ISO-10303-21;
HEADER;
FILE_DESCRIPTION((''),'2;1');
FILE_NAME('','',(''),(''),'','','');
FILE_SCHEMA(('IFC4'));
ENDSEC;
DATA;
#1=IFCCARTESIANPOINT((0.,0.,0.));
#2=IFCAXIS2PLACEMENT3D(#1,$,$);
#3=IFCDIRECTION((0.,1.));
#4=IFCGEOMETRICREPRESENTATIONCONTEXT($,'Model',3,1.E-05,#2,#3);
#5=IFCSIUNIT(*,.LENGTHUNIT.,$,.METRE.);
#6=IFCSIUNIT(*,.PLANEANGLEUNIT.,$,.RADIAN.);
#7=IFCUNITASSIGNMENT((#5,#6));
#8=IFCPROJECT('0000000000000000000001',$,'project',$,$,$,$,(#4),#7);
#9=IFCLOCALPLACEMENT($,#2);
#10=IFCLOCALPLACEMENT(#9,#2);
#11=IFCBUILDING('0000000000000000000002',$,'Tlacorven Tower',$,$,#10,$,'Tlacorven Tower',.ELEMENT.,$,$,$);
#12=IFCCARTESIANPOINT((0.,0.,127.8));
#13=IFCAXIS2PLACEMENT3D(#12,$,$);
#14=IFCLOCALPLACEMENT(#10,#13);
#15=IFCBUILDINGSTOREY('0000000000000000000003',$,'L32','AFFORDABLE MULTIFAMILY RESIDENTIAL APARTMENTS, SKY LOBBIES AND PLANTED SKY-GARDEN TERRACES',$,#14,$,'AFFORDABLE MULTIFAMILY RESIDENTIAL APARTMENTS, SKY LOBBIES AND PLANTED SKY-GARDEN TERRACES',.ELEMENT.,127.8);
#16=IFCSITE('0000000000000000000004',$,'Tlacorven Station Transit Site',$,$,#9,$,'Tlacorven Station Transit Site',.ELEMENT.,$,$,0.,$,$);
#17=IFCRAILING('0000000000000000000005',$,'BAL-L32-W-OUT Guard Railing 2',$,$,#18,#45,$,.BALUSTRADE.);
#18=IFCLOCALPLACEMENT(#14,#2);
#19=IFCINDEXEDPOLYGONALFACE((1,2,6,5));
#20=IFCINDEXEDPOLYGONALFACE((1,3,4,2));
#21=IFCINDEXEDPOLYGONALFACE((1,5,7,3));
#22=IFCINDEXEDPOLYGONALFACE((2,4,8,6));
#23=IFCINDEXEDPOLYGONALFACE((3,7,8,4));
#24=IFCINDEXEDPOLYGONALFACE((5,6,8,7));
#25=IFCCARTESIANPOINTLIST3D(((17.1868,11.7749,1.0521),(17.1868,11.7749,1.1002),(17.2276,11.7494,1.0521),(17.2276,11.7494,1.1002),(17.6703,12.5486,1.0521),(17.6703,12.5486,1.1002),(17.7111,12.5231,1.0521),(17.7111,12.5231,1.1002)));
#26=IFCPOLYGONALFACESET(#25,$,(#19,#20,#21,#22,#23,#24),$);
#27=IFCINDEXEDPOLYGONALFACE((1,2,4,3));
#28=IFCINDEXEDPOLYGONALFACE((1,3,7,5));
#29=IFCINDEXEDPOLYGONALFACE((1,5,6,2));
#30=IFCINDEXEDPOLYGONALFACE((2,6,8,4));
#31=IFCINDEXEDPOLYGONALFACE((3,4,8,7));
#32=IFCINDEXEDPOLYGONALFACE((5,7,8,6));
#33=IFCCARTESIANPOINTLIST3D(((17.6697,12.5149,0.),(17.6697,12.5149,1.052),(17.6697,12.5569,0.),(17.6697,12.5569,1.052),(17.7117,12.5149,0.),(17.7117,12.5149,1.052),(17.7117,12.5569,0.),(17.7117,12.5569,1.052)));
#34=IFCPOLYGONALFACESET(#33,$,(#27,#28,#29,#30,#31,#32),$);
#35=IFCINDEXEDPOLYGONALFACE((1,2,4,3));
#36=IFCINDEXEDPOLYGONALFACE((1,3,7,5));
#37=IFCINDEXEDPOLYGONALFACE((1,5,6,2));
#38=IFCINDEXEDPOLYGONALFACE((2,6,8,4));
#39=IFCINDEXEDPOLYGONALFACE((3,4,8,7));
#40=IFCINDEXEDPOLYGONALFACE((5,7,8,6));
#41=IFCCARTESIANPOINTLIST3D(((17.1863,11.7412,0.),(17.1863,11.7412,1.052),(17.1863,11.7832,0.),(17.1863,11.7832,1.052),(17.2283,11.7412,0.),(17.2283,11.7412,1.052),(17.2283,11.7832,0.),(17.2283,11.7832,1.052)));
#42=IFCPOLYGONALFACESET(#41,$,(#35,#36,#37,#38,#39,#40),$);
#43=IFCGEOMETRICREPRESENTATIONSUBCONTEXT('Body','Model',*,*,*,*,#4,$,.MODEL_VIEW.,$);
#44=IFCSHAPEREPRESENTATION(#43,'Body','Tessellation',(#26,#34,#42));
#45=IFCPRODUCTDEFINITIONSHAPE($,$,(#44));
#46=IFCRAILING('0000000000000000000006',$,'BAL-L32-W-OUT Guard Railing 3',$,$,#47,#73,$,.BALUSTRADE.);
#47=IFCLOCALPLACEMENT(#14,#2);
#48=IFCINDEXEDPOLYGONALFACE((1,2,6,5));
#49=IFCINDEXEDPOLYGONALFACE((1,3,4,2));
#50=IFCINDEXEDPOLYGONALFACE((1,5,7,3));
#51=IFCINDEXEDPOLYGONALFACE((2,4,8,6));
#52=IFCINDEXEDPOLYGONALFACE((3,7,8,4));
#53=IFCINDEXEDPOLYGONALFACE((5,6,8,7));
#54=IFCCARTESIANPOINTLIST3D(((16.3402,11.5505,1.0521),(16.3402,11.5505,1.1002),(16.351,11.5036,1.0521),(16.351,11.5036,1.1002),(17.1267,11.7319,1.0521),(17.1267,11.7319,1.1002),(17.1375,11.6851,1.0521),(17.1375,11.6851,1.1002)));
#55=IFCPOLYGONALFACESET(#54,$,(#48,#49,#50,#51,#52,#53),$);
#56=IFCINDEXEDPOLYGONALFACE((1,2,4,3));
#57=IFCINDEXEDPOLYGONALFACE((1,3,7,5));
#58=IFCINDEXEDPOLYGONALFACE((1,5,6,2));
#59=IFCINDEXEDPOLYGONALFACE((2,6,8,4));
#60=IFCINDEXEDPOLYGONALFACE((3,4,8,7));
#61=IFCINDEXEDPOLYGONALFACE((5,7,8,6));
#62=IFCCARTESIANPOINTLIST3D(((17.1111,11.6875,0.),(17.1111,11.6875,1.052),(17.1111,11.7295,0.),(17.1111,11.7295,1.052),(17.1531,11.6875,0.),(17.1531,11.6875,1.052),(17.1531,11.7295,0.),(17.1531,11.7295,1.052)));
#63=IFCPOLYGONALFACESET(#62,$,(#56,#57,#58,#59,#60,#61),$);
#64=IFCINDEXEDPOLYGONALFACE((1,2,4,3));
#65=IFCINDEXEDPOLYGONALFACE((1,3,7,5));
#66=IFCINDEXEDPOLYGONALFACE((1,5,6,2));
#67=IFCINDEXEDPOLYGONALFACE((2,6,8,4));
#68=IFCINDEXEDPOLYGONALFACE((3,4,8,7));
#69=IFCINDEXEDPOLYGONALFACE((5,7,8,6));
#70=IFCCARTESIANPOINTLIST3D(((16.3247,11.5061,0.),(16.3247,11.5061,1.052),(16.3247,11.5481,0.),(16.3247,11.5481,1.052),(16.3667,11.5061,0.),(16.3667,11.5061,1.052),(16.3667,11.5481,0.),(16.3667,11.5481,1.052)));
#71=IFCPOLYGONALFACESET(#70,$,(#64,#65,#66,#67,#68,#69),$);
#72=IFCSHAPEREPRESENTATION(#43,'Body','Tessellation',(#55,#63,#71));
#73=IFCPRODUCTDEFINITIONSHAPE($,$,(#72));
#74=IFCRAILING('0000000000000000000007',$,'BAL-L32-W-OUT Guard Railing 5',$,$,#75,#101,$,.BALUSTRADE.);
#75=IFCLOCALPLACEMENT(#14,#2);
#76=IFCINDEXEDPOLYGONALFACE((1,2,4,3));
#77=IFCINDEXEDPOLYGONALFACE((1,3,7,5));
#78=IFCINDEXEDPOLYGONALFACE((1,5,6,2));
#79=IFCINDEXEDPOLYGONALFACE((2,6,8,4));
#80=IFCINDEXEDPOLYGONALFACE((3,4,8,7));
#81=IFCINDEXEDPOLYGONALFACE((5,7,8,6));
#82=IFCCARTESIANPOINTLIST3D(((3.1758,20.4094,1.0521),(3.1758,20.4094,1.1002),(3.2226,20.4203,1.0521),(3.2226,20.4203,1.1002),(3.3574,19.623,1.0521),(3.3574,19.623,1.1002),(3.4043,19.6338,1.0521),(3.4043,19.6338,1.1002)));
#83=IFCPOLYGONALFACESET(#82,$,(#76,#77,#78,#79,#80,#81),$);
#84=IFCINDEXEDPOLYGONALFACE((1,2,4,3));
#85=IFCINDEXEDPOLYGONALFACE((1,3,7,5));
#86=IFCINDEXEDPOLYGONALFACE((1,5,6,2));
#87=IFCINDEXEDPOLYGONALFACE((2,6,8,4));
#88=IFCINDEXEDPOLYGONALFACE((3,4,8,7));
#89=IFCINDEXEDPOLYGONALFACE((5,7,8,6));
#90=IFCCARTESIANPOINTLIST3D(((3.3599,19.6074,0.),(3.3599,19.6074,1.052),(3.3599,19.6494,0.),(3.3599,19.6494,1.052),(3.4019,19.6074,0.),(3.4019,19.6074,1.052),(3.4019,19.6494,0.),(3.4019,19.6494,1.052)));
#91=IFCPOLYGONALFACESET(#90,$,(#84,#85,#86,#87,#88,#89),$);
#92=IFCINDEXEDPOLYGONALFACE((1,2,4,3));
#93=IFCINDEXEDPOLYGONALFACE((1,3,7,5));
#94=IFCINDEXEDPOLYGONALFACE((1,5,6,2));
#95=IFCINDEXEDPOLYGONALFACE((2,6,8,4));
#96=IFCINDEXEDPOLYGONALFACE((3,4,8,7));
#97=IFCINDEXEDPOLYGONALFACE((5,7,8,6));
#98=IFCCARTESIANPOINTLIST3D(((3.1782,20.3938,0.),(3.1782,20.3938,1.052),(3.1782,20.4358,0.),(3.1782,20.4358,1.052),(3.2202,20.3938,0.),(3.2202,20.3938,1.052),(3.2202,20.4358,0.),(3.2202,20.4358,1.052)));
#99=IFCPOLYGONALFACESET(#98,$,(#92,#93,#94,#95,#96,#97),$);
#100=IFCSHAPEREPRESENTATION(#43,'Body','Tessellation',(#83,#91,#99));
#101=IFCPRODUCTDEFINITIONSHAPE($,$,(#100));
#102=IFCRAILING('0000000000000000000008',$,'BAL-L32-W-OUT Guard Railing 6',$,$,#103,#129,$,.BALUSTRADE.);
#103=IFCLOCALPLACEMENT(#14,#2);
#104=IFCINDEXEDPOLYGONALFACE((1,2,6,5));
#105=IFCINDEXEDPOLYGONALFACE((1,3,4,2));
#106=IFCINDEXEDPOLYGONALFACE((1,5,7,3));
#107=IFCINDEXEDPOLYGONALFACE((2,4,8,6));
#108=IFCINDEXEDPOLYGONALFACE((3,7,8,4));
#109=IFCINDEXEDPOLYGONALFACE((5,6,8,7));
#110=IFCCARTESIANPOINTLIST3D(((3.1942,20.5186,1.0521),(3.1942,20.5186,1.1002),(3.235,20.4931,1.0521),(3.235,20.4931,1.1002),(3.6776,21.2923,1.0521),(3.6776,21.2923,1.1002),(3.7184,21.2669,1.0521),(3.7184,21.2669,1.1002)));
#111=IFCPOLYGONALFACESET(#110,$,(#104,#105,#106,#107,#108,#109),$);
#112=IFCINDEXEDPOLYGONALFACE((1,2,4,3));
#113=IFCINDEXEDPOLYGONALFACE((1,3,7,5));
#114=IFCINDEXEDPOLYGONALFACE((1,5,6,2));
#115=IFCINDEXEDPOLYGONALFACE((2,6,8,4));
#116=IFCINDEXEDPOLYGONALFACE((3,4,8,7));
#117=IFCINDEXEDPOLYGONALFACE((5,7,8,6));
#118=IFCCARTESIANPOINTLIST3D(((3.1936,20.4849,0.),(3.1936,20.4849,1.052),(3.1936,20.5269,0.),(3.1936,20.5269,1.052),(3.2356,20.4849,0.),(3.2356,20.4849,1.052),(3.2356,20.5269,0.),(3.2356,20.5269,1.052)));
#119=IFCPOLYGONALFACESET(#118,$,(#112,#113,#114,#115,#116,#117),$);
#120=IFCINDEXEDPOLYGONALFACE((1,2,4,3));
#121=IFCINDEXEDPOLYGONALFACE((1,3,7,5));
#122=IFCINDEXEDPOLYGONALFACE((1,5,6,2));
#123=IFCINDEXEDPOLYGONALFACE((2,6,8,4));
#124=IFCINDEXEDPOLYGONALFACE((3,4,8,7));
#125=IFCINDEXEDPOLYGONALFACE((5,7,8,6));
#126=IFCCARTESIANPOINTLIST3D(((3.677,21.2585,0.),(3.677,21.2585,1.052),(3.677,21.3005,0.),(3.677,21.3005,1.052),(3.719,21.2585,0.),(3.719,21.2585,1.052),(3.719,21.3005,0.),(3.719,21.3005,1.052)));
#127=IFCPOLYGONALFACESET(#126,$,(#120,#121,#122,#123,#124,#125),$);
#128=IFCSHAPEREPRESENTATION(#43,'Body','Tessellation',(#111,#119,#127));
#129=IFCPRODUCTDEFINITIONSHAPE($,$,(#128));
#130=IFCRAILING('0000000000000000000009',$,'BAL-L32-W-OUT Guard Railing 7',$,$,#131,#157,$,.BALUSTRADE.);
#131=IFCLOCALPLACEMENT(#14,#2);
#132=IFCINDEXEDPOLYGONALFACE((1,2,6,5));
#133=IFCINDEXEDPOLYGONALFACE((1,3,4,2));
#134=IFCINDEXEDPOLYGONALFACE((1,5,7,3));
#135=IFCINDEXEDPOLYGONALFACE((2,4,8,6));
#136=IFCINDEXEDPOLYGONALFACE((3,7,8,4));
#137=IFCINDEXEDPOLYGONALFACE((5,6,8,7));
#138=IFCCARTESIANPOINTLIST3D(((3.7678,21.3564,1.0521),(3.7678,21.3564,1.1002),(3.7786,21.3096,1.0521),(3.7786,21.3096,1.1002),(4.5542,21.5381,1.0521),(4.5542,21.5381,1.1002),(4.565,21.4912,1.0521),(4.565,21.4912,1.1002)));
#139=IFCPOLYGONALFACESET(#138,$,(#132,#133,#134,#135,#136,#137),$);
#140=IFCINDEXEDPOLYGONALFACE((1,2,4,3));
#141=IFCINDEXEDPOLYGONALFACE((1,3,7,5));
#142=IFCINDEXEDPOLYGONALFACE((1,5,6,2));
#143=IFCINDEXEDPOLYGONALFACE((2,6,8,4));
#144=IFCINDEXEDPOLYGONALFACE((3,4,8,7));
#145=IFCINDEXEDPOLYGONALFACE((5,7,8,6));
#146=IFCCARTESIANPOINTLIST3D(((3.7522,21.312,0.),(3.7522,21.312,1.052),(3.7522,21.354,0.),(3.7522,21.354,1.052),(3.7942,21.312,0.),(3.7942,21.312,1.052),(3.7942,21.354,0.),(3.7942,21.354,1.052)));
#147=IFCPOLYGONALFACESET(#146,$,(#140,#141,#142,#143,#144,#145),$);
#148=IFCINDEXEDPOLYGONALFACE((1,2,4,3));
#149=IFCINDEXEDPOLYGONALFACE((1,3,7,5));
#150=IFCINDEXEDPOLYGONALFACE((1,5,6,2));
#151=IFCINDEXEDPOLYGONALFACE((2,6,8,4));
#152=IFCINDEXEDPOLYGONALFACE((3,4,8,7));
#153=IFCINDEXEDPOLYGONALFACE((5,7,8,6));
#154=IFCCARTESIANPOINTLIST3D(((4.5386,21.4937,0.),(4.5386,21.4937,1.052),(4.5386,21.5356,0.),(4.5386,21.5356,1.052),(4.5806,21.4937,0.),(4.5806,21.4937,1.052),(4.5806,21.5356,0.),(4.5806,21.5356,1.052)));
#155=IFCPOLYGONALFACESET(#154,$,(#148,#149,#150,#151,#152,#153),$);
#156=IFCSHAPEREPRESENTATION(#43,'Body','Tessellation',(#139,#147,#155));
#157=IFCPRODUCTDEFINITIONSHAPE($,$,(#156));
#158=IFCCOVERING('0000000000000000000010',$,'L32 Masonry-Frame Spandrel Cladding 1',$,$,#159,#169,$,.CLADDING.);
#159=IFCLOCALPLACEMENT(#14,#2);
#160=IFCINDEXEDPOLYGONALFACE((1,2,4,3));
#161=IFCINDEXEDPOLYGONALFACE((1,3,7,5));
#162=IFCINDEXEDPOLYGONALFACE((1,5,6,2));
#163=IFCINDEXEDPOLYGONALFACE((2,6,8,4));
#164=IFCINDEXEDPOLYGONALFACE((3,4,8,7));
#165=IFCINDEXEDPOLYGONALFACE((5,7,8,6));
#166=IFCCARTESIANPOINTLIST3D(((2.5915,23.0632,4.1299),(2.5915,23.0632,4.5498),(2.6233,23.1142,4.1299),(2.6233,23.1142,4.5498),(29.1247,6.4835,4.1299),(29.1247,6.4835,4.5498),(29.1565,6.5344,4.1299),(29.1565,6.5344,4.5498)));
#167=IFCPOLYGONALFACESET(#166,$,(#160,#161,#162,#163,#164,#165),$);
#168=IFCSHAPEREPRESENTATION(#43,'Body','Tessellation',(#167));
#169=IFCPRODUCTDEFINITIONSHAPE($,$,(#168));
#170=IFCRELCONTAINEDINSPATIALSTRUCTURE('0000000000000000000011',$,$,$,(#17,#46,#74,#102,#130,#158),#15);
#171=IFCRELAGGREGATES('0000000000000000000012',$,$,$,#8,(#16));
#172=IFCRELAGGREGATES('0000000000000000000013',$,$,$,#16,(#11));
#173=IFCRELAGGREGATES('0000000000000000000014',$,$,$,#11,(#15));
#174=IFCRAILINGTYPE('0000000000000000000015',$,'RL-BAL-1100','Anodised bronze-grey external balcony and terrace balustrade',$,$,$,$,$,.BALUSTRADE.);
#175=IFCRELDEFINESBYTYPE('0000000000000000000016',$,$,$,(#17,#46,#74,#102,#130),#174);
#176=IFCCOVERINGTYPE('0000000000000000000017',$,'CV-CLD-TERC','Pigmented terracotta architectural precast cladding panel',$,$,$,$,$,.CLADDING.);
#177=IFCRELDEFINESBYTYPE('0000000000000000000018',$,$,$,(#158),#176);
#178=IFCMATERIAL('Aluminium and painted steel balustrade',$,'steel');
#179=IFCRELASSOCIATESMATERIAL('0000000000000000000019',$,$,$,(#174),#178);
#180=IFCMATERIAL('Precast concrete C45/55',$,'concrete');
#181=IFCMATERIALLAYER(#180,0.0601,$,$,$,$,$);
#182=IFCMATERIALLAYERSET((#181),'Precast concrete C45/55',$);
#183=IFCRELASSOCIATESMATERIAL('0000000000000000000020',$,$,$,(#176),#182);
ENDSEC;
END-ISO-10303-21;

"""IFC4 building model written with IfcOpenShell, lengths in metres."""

from ifc_helpers import new_model, si_unit, direction, frame, origin, origin_2d, place, context, subcontext, project, spatial, rectangle, extrude, source, transform, mapped, material, layer, layer_set, type_object, element, save


model = new_model("IFC4")

# Units and contexts
model_context = context("Model", 3, precision=1e-05, world=origin(), true_north=direction((0.0, 1.0)))
body_context = subcontext(model_context, "Body", "Model", "MODEL_VIEW")
ifc_project = project(units=[si_unit("LENGTHUNIT", "METRE"), si_unit("PLANEANGLEUNIT", "RADIAN")], contexts=[model_context])

# Site, building, storey
site_placement = place(None, origin())
site = spatial("IfcSite", under=ifc_project, at=site_placement, Name="Tlacorven Station Transit Site", LongName="Tlacorven Station Transit Site", CompositionType="ELEMENT", RefElevation=0.0)
building_placement = place(site_placement, origin())
building = spatial("IfcBuilding", under=site, at=building_placement, Name="Tlacorven Tower", LongName="Tlacorven Tower", CompositionType="ELEMENT")
storey_placement = place(building_placement, frame((0.0, 0.0, 127.8)))
storey = spatial("IfcBuildingStorey", under=building, at=storey_placement, Name="L32", Description="AFFORDABLE MULTIFAMILY RESIDENTIAL APARTMENTS, SKY LOBBIES AND PLANTED SKY-GARDEN TERRACES", LongName="AFFORDABLE MULTIFAMILY RESIDENTIAL APARTMENTS, SKY LOBBIES AND PLANTED SKY-GARDEN TERRACES", CompositionType="ELEMENT", Elevation=127.8)

# Railings
ifc_material_1 = material(Name="Aluminium and painted steel balustrade", Category="steel")
railing_type = type_object("IfcRailingType", Name="RL-BAL-1100", Description="Anodised bronze-grey external balcony and terrace balustrade", PredefinedType="BALUSTRADE", material=ifc_material_1)
shared_shape_1 = source(origin(), body_context, "Body", "SweptSolid", [
    extrude(rectangle(XDim=0.0481, YDim=0.0481, at=origin_2d()), frame((0.0, 0.0, 1.0762), z_axis=(-0.529879, -0.848073, 0.0), x_axis=(0.848073, -0.529879, 0.0)), (0.0, 0.0, 1.0), 0.9124),
    extrude(rectangle(XDim=0.042, YDim=0.042, at=origin_2d()), origin(), (0.0, 0.0, 1.0), 1.052),
    extrude(rectangle(XDim=0.042, YDim=0.042, at=origin_2d()), frame((-0.4834, -0.7737, 0.0)), (0.0, 0.0, 1.0), 1.052),
])
railing_1_placement = place(storey_placement, frame((17.6907, 12.5359, 0.0)))
element("IfcRailing", 1, at=railing_1_placement, inside=storey, type_object=railing_type, Name="BAL-L32-W-OUT Guard Railing 2", PredefinedType="BALUSTRADE", context=body_context, shape_type="MappedRepresentation", body=[
    mapped(shared_shape_1, transform((0.0, 0.0, 0.0), scale=1.0)),
])
shared_shape_2 = source(origin(), body_context, "Body", "SweptSolid", [
    extrude(rectangle(XDim=0.0481, YDim=0.0481, at=origin_2d()), frame((0.0, 0.0, 1.0762), z_axis=(-0.974412, -0.224771, 0.0), x_axis=(0.224771, -0.974412, 0.0)), (0.0, 0.0, 1.0), 0.8071),
    extrude(rectangle(XDim=0.042, YDim=0.042, at=origin_2d()), origin(), (0.0, 0.0, 1.0), 1.052),
    extrude(rectangle(XDim=0.042, YDim=0.042, at=origin_2d()), frame((-0.7864, -0.1814, 0.0)), (0.0, 0.0, 1.0), 1.052),
])
railing_2_placement = place(storey_placement, frame((17.1321, 11.7085, 0.0)))
element("IfcRailing", 2, at=railing_2_placement, inside=storey, type_object=railing_type, Name="BAL-L32-W-OUT Guard Railing 3", PredefinedType="BALUSTRADE", context=body_context, shape_type="MappedRepresentation", body=[
    mapped(shared_shape_2, transform((0.0, 0.0, 0.0), scale=1.0)),
])
shared_shape_3 = source(origin(), body_context, "Body", "SweptSolid", [
    extrude(rectangle(XDim=0.0481, YDim=0.0481, at=origin_2d()), frame((0.0, 0.0, 1.0762), z_axis=(-0.225058, 0.974345, 0.0), x_axis=(-0.974345, -0.225058, 0.0)), (0.0, 0.0, 1.0), 0.8071),
    extrude(rectangle(XDim=0.042, YDim=0.042, at=origin_2d()), origin(), (0.0, 0.0, 1.0), 1.052),
    extrude(rectangle(XDim=0.042, YDim=0.042, at=origin_2d()), frame((-0.1816, 0.7864, 0.0)), (0.0, 0.0, 1.0), 1.052),
])
railing_3_placement = place(storey_placement, frame((3.3809, 19.6284, 0.0)))
element("IfcRailing", 3, at=railing_3_placement, inside=storey, type_object=railing_type, Name="BAL-L32-W-OUT Guard Railing 5", PredefinedType="BALUSTRADE", context=body_context, shape_type="MappedRepresentation", body=[
    mapped(shared_shape_3, transform((0.0, 0.0, 0.0), scale=1.0)),
])
shared_shape_4 = source(origin(), body_context, "Body", "SweptSolid", [
    extrude(rectangle(XDim=0.0481, YDim=0.0481, at=origin_2d()), frame((0.0, 0.0, 1.0762), z_axis=(0.529879, 0.848073, 0.0), x_axis=(-0.848073, 0.529879, 0.0)), (0.0, 0.0, 1.0), 0.9124),
    extrude(rectangle(XDim=0.042, YDim=0.042, at=origin_2d()), origin(), (0.0, 0.0, 1.0), 1.052),
    extrude(rectangle(XDim=0.042, YDim=0.042, at=origin_2d()), frame((0.4834, 0.7737, 0.0)), (0.0, 0.0, 1.0), 1.052),
])
railing_4_placement = place(storey_placement, frame((3.2146, 20.5059, 0.0)))
element("IfcRailing", 4, at=railing_4_placement, inside=storey, type_object=railing_type, Name="BAL-L32-W-OUT Guard Railing 6", PredefinedType="BALUSTRADE", context=body_context, shape_type="MappedRepresentation", body=[
    mapped(shared_shape_4, transform((0.0, 0.0, 0.0), scale=1.0)),
])
shared_shape_5 = source(origin(), body_context, "Body", "SweptSolid", [
    extrude(rectangle(XDim=0.0481, YDim=0.0481, at=origin_2d()), frame((0.0, 0.0, 1.0762), z_axis=(0.974345, 0.225058, 0.0), x_axis=(-0.225058, 0.974345, 0.0)), (0.0, 0.0, 1.0), 0.8071),
    extrude(rectangle(XDim=0.042, YDim=0.042, at=origin_2d()), origin(), (0.0, 0.0, 1.0), 1.052),
    extrude(rectangle(XDim=0.042, YDim=0.042, at=origin_2d()), frame((0.7864, 0.1816, 0.0)), (0.0, 0.0, 1.0), 1.052),
])
railing_5_placement = place(storey_placement, frame((3.7732, 21.333, 0.0)))
element("IfcRailing", 5, at=railing_5_placement, inside=storey, type_object=railing_type, Name="BAL-L32-W-OUT Guard Railing 7", PredefinedType="BALUSTRADE", context=body_context, shape_type="MappedRepresentation", body=[
    mapped(shared_shape_5, transform((0.0, 0.0, 0.0), scale=1.0)),
])

# Covering
ifc_material_2 = material(Name="Precast concrete C45/55", Category="concrete")
ifc_layer_1 = layer(ifc_material_2, 0.0601)
ifc_layer_set_1 = layer_set([ifc_layer_1], Name="Precast concrete C45/55")
covering_type = type_object("IfcCoveringType", Name="CV-CLD-TERC", Description="Pigmented terracotta architectural precast cladding panel", PredefinedType="CLADDING", material=ifc_layer_set_1)
shared_shape_6 = source(origin(), body_context, "Body", "SweptSolid", [
    extrude(rectangle(XDim=31.2874, YDim=0.0601, at=origin_2d()), origin(), (0.0, 0.0, 1.0), 0.4199),
])
covering_placement = place(storey_placement, frame((15.874, 14.7988, 4.1299), z_axis=(0.0, 0.0, 1.0), x_axis=(-0.848048, 0.529919, 0.0)))
element("IfcCovering", 6, at=covering_placement, inside=storey, type_object=covering_type, Name="L32 Masonry-Frame Spandrel Cladding 1", PredefinedType="CLADDING", context=body_context, shape_type="MappedRepresentation", body=[
    mapped(shared_shape_6, transform((0.0, 0.0, 0.0), scale=1.0)),
])

save(model, "model.ifc")
